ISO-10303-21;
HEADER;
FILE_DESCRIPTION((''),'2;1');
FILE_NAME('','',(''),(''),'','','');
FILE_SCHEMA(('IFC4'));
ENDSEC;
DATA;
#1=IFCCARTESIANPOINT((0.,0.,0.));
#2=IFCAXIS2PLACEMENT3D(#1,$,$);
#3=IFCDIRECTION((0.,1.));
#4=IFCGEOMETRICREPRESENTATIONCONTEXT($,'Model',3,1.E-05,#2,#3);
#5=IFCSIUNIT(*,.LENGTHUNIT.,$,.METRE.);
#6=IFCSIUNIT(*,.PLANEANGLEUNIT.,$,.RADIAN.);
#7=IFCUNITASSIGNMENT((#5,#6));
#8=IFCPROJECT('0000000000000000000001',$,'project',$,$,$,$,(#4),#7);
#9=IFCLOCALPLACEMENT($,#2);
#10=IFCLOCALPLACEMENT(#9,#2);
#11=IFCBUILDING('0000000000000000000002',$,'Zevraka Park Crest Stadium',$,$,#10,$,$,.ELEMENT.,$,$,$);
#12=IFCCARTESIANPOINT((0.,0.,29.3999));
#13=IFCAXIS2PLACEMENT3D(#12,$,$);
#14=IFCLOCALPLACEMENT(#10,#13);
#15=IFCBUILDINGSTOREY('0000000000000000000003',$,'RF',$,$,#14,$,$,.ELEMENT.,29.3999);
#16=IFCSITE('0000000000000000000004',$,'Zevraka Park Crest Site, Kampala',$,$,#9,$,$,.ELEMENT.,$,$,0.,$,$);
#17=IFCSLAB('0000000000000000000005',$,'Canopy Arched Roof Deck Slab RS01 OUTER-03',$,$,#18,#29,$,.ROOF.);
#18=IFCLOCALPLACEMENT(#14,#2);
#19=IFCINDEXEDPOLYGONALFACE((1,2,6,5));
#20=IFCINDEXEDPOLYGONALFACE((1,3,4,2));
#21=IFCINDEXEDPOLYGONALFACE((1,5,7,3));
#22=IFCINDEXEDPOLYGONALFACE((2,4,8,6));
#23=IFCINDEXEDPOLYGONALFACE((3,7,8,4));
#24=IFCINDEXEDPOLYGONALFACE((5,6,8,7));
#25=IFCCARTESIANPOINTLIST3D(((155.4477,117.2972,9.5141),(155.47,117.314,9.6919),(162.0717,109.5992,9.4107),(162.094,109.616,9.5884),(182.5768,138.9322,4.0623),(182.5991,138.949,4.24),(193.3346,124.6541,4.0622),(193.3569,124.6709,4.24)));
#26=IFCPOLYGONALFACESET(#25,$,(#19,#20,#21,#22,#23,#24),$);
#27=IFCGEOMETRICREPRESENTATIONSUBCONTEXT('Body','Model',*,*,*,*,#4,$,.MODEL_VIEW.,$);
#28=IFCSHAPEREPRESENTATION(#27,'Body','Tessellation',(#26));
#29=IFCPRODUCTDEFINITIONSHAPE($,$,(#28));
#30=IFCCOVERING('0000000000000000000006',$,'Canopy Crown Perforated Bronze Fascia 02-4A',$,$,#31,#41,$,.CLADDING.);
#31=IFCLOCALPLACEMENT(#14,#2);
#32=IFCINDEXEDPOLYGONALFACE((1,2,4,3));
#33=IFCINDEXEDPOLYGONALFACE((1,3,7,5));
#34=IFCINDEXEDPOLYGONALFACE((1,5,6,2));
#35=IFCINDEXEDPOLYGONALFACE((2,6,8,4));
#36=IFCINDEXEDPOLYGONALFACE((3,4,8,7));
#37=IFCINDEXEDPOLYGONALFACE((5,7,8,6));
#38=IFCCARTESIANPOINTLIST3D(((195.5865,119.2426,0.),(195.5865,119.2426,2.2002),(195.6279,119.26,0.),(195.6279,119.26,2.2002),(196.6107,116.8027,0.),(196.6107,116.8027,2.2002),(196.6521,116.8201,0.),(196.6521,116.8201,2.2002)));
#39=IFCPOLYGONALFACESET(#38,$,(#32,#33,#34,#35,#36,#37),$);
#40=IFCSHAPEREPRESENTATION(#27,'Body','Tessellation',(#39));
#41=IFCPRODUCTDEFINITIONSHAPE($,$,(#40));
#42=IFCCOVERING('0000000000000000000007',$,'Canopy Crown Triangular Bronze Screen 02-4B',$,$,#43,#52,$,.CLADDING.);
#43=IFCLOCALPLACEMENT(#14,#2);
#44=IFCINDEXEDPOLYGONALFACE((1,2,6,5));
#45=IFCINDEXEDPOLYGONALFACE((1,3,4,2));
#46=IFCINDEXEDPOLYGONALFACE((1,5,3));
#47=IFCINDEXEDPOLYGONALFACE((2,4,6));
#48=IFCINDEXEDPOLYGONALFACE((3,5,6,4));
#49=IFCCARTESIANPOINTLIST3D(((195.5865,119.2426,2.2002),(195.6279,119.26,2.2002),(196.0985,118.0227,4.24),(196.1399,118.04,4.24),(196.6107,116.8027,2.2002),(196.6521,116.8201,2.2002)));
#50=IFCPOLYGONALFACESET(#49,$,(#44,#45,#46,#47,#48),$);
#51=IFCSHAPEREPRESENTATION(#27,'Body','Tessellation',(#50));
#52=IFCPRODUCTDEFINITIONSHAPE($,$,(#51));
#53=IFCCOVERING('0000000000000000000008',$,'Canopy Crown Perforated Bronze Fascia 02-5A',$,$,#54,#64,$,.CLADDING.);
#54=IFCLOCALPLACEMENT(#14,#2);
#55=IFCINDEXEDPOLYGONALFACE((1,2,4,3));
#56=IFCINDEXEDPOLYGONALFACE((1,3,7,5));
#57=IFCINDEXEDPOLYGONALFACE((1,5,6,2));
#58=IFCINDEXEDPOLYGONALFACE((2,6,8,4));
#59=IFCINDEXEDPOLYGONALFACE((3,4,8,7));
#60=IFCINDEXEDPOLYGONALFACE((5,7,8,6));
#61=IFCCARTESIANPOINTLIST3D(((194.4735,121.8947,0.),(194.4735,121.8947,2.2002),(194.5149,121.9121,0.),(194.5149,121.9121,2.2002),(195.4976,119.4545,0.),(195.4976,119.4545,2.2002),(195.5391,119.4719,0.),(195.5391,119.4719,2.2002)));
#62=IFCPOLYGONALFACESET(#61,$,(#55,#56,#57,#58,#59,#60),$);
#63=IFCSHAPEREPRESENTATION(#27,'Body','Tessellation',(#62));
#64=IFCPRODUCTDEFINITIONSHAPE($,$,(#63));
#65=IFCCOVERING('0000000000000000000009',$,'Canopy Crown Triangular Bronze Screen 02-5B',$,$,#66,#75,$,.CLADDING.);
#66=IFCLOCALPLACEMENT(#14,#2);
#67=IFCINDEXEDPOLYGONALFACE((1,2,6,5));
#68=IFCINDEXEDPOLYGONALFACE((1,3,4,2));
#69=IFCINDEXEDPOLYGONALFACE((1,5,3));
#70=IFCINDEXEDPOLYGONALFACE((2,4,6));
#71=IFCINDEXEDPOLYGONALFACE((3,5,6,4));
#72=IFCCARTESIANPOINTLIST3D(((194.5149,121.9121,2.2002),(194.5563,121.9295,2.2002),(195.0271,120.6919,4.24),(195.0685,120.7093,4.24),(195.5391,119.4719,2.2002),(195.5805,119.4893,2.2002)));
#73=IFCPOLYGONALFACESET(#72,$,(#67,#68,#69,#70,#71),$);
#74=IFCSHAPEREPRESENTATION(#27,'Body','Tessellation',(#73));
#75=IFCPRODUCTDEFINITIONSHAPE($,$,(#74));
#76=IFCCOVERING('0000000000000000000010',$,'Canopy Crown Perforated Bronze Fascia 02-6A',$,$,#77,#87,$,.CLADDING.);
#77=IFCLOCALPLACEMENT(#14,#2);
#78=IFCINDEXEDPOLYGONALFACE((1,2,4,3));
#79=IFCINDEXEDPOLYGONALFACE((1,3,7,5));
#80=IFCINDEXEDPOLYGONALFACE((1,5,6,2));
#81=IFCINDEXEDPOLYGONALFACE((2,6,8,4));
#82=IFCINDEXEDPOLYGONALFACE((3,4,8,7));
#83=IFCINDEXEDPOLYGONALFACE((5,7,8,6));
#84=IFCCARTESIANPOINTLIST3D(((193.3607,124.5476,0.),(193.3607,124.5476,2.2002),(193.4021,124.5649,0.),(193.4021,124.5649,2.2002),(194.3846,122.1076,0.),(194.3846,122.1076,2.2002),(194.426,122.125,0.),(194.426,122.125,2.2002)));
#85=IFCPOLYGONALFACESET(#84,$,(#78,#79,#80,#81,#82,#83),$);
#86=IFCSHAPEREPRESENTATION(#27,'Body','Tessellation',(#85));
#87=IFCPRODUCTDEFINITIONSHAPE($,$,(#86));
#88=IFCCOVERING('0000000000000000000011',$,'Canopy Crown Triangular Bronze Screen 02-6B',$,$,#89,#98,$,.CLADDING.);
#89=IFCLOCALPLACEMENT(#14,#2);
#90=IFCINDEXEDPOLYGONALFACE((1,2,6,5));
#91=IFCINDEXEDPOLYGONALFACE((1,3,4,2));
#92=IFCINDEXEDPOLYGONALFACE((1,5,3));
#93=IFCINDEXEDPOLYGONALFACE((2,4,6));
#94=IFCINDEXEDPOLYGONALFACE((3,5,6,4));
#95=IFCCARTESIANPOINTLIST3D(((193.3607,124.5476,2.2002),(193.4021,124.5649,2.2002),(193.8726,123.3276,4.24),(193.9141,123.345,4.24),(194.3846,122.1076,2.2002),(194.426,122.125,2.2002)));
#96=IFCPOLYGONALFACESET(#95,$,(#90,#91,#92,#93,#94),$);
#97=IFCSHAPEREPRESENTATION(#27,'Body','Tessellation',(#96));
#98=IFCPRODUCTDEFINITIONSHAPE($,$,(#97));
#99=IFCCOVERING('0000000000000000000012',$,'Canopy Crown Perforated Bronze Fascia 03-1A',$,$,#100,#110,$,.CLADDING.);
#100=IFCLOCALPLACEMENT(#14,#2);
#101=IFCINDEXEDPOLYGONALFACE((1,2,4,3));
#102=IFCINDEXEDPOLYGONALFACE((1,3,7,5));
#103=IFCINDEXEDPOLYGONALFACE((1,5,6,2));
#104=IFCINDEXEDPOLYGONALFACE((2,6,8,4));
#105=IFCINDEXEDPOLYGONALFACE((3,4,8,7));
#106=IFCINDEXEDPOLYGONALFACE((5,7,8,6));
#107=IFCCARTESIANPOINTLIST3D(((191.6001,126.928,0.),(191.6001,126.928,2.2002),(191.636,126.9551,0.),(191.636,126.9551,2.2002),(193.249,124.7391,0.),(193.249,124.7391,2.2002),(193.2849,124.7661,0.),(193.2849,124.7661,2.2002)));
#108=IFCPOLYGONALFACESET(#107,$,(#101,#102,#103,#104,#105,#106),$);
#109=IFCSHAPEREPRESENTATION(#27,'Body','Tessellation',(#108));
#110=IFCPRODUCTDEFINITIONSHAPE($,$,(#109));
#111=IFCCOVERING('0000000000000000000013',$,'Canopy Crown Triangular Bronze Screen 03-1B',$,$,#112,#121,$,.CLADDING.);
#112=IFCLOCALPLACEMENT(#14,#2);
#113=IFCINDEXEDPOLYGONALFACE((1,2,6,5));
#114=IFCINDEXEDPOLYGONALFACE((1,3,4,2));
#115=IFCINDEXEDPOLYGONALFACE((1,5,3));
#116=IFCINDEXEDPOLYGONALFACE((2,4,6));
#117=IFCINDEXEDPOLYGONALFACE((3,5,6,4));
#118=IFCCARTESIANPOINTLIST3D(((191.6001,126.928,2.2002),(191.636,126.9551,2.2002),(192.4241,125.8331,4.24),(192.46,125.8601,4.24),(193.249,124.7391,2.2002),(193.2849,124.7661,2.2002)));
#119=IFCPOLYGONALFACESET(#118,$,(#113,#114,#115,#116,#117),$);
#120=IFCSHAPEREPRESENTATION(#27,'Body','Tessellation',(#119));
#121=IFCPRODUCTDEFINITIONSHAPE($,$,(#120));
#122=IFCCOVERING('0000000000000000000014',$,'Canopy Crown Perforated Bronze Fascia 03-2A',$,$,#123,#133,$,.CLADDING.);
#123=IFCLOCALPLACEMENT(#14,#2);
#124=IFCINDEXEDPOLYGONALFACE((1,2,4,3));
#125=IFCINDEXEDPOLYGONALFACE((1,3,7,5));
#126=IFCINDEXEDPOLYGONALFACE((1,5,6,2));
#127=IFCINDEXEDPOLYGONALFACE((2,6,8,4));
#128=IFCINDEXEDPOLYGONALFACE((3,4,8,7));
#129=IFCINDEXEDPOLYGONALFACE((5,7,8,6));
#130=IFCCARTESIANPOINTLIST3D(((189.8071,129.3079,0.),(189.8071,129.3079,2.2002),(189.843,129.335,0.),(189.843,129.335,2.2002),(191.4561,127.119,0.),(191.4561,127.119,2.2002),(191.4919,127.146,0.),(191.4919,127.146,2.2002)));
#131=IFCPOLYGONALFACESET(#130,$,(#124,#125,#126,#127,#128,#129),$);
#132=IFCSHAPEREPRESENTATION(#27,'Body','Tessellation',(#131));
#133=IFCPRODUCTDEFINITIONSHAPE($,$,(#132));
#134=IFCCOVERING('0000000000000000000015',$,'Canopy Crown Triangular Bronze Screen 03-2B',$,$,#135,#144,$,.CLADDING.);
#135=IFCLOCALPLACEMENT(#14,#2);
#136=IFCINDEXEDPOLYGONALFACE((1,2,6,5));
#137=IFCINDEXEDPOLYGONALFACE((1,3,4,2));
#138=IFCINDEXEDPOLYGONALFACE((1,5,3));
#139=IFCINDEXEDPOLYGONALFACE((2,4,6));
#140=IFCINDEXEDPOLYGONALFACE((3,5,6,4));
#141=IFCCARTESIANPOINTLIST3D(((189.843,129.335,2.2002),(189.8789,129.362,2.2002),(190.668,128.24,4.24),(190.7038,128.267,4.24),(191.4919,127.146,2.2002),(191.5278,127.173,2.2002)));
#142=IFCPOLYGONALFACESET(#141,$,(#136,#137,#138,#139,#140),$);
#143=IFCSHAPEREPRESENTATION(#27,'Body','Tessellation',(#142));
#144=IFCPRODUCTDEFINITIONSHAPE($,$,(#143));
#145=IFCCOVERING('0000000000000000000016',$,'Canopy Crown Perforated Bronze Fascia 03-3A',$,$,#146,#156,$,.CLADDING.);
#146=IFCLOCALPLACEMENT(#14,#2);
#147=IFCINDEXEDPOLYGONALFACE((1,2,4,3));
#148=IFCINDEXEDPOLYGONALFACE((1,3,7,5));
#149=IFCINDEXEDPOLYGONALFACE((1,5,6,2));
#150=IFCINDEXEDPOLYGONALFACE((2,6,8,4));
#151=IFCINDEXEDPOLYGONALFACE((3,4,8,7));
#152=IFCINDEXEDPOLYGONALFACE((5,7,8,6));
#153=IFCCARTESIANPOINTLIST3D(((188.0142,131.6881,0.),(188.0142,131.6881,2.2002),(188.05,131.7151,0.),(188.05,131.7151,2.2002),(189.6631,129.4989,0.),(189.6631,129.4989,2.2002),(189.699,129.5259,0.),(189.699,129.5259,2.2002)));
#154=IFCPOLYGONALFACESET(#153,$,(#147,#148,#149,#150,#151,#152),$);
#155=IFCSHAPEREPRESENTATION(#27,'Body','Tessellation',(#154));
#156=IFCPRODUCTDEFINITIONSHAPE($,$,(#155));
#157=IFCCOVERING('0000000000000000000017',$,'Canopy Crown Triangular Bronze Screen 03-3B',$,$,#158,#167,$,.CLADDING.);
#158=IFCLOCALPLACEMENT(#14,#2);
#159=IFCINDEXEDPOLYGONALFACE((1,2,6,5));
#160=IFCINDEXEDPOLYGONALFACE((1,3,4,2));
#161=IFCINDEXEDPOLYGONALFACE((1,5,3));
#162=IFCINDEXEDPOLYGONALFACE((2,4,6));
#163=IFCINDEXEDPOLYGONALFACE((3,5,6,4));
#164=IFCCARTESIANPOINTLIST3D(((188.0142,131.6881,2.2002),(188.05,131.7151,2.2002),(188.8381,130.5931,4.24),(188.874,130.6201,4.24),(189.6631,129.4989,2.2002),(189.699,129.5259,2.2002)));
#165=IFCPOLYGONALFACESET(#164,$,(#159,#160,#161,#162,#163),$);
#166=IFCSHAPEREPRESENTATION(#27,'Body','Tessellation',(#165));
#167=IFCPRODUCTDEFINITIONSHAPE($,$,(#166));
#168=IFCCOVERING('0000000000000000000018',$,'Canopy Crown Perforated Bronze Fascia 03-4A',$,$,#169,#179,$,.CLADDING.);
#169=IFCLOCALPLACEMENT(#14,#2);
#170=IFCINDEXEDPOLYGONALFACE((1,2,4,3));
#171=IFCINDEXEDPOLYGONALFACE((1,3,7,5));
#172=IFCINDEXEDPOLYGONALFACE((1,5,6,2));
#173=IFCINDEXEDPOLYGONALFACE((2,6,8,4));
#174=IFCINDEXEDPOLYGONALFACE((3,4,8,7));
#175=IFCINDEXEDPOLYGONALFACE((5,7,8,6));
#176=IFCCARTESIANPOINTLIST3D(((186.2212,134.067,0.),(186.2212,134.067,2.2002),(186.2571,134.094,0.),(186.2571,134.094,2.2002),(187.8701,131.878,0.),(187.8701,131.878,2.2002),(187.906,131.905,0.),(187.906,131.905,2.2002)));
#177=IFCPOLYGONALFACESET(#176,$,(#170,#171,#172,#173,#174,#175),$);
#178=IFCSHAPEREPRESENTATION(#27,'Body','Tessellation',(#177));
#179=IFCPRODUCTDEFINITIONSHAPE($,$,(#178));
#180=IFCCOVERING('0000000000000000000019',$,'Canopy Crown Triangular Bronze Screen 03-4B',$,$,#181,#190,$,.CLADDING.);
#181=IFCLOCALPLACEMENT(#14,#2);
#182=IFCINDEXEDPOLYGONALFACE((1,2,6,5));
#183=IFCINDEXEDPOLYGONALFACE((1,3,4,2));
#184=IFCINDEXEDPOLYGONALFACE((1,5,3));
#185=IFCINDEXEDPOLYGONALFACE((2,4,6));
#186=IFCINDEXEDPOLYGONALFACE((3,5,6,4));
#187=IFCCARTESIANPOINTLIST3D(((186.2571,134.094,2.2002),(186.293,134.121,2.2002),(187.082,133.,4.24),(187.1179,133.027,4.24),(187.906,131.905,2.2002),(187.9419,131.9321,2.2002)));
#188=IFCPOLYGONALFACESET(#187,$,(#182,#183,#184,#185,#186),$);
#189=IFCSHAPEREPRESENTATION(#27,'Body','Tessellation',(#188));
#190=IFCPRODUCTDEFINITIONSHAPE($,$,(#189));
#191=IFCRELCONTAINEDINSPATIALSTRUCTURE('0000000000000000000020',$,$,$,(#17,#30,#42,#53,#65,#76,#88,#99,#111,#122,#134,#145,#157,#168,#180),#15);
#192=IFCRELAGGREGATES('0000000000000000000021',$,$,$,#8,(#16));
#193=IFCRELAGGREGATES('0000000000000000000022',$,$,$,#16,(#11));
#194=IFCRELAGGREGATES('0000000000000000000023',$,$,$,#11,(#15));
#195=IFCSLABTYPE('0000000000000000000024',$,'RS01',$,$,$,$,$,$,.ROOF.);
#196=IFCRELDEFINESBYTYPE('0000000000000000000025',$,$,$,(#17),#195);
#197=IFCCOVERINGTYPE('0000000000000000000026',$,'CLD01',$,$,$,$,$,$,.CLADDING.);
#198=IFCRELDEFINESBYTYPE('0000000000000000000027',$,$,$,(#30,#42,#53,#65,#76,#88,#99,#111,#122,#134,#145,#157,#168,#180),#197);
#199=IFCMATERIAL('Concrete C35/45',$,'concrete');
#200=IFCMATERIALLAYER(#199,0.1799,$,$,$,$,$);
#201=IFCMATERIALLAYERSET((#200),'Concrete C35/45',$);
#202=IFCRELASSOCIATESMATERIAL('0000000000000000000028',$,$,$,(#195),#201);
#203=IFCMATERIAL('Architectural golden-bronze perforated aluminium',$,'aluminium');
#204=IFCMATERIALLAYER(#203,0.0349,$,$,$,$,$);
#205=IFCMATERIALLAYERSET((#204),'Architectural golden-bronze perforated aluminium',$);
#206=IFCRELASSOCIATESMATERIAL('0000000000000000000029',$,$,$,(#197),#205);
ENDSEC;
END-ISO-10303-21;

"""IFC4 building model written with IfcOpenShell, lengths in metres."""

from ifc_helpers import new_model, si_unit, direction, frame, origin, place, context, subcontext, project, spatial, polyline, outline, extrude, material, layer, layer_set, type_object, element, save


model = new_model("IFC4")

# Units and contexts
model_context = context("Model", 3, precision=1e-05, world=origin(), true_north=direction((0.0, 1.0)))
body_context = subcontext(model_context, "Body", "Model", "MODEL_VIEW")
ifc_project = project(units=[si_unit("LENGTHUNIT", "METRE"), si_unit("PLANEANGLEUNIT", "RADIAN")], contexts=[model_context])

# Site, building, storey
site_placement = place(None, origin())
site = spatial("IfcSite", under=ifc_project, at=site_placement, Name="Zevraka Park Crest Site, Kampala", CompositionType="ELEMENT", RefElevation=0.0)
building_placement = place(site_placement, origin())
building = spatial("IfcBuilding", under=site, at=building_placement, Name="Zevraka Park Crest Stadium", CompositionType="ELEMENT")
storey_placement = place(building_placement, frame((0.0, 0.0, 29.3999)))
storey = spatial("IfcBuildingStorey", under=building, at=storey_placement, Name="RF", CompositionType="ELEMENT", Elevation=29.3999)

# Slab
ifc_material_1 = material(Name="Concrete C35/45", Category="concrete")
ifc_layer_1 = layer(ifc_material_1, 0.1799)
ifc_layer_set_1 = layer_set([ifc_layer_1], Name="Concrete C35/45")
slab_type = type_object("IfcSlabType", Name="RS01", PredefinedType="ROOF", material=ifc_layer_set_1)
slab_placement = place(storey_placement, frame((193.3569, 124.6709, 4.24), z_axis=(0.124011, 0.093433, 0.987872), x_axis=(-0.601762, 0.798676, 0.000003)))
element("IfcSlab", 1, at=slab_placement, inside=storey, type_object=slab_type, Name="Canopy Arched Roof Deck Slab RS01 OUTER-03", PredefinedType="ROOF", context=body_context, shape_type="SweptSolid", body=[
    extrude(outline(polyline([(0.0, 0.0), (17.8772, 0.0), (16.9231, 35.1124), (6.7888, 34.4462), (0.0, 0.0)])), origin(), (0.0, 0.0, -1.0), 0.1799),
])

# Coverings
ifc_material_2 = material(Name="Architectural golden-bronze perforated aluminium", Category="aluminium")
ifc_layer_2 = layer(ifc_material_2, 0.0349)
ifc_layer_set_2 = layer_set([ifc_layer_2], Name="Architectural golden-bronze perforated aluminium")
covering_type_1 = type_object("IfcCoveringType", Name="CLD01", PredefinedType="CLADDING", material=ifc_layer_set_2)
covering_1_placement = place(storey_placement, frame((196.6521, 116.8201, 0.0), z_axis=(0.922064, 0.387038, 0.0), x_axis=(-0.387038, 0.922064, 0.0)))
element("IfcCovering", 2, at=covering_1_placement, inside=storey, type_object=covering_type_1, Name="Canopy Crown Perforated Bronze Fascia 02-4A", PredefinedType="CLADDING", context=body_context, shape_type="SweptSolid", body=[
    extrude(outline(polyline([(0.0, 0.0), (2.6462, 0.0), (2.6462, 2.2002), (0.0, 2.2002), (0.0, 0.0)])), origin(), (0.0, 0.0, -1.0), 0.0449),
])
covering_2_placement = place(storey_placement, frame((196.6521, 116.8201, 2.2002), z_axis=(0.922064, 0.387038, 0.000055), x_axis=(-0.387038, 0.922064, 0.0)))
element("IfcCovering", 3, at=covering_2_placement, inside=storey, type_object=covering_type_1, Name="Canopy Crown Triangular Bronze Screen 02-4B", PredefinedType="CLADDING", context=body_context, shape_type="SweptSolid", body=[
    extrude(outline(polyline([(0.0, 0.0), (2.6462, 0.0), (1.3231, 2.0398), (0.0, 0.0)])), origin(), (0.0, 0.0, -1.0), 0.0449),
])
covering_3_placement = place(storey_placement, frame((195.5391, 119.4719, 0.0), z_axis=(0.922078, 0.387005, 0.0), x_axis=(-0.387005, 0.922078, 0.0)))
element("IfcCovering", 4, at=covering_3_placement, inside=storey, type_object=covering_type_1, Name="Canopy Crown Perforated Bronze Fascia 02-5A", PredefinedType="CLADDING", context=body_context, shape_type="SweptSolid", body=[
    extrude(outline(polyline([(0.0, 0.0), (2.6464, 0.0), (2.6464, 2.2002), (0.0, 2.2002), (0.0, 0.0)])), origin(), (0.0, 0.0, -1.0), 0.0449),
])
covering_4_placement = place(storey_placement, frame((195.5391, 119.4719, 2.2002), z_axis=(-0.922078, -0.387005, 0.000032), x_axis=(-0.387005, 0.922078, 0.0)))
element("IfcCovering", 5, at=covering_4_placement, inside=storey, type_object=covering_type_1, Name="Canopy Crown Triangular Bronze Screen 02-5B", PredefinedType="CLADDING", context=body_context, shape_type="SweptSolid", body=[
    extrude(outline(polyline([(0.0, 0.0), (2.6464, 0.0), (1.323, -2.0398), (0.0, 0.0)])), origin(), (0.0, 0.0, -1.0), 0.0449),
])
covering_5_placement = place(storey_placement, frame((194.426, 122.125, 0.0), z_axis=(0.922097, 0.38696, 0.0), x_axis=(-0.38696, 0.922097, 0.0)))
element("IfcCovering", 6, at=covering_5_placement, inside=storey, type_object=covering_type_1, Name="Canopy Crown Perforated Bronze Fascia 02-6A", PredefinedType="CLADDING", context=body_context, shape_type="SweptSolid", body=[
    extrude(outline(polyline([(0.0, 0.0), (2.6461, 0.0), (2.6461, 2.2002), (0.0, 2.2002), (0.0, 0.0)])), origin(), (0.0, 0.0, -1.0), 0.0449),
])
covering_6_placement = place(storey_placement, frame((194.426, 122.125, 2.2002), z_axis=(0.922097, 0.38696, 0.0), x_axis=(-0.38696, 0.922097, 0.0)))
element("IfcCovering", 7, at=covering_6_placement, inside=storey, type_object=covering_type_1, Name="Canopy Crown Triangular Bronze Screen 02-6B", PredefinedType="CLADDING", context=body_context, shape_type="SweptSolid", body=[
    extrude(outline(polyline([(0.0, 0.0), (2.6461, 0.0), (1.323, 2.0398), (0.0, 0.0)])), origin(), (0.0, 0.0, -1.0), 0.0449),
])
covering_7_placement = place(storey_placement, frame((193.2849, 124.7661, 0.0), z_axis=(0.798737, 0.601681, 0.0), x_axis=(-0.601681, 0.798737, 0.0)))
element("IfcCovering", 8, at=covering_7_placement, inside=storey, type_object=covering_type_1, Name="Canopy Crown Perforated Bronze Fascia 03-1A", PredefinedType="CLADDING", context=body_context, shape_type="SweptSolid", body=[
    extrude(outline(polyline([(0.0, 0.0), (2.7405, 0.0), (2.7405, 2.2002), (0.0, 2.2002), (0.0, 0.0)])), origin(), (0.0, 0.0, -1.0), 0.0449),
])
covering_8_placement = place(storey_placement, frame((193.2849, 124.7661, 2.2002), z_axis=(0.798737, 0.601681, 0.000335), x_axis=(-0.601681, 0.798737, 0.0)))
element("IfcCovering", 9, at=covering_8_placement, inside=storey, type_object=covering_type_1, Name="Canopy Crown Triangular Bronze Screen 03-1B", PredefinedType="CLADDING", context=body_context, shape_type="SweptSolid", body=[
    extrude(outline(polyline([(0.0, 0.0), (2.7405, 0.0), (1.3702, 2.0398), (0.0, 0.0)])), origin(), (0.0, 0.0, -1.0), 0.0449),
])
covering_9_placement = place(storey_placement, frame((191.4919, 127.146, 0.0), z_axis=(0.798737, 0.601681, 0.0), x_axis=(-0.601681, 0.798737, 0.0)))
element("IfcCovering", 10, at=covering_9_placement, inside=storey, type_object=covering_type_1, Name="Canopy Crown Perforated Bronze Fascia 03-2A", PredefinedType="CLADDING", context=body_context, shape_type="SweptSolid", body=[
    extrude(outline(polyline([(0.0, 0.0), (2.7405, 0.0), (2.7405, 2.2002), (0.0, 2.2002), (0.0, 0.0)])), origin(), (0.0, 0.0, -1.0), 0.0449),
])
covering_10_placement = place(storey_placement, frame((191.4919, 127.146, 2.2002), z_axis=(-0.798737, -0.601681, 0.000047), x_axis=(-0.601681, 0.798737, 0.0)))
element("IfcCovering", 11, at=covering_10_placement, inside=storey, type_object=covering_type_1, Name="Canopy Crown Triangular Bronze Screen 03-2B", PredefinedType="CLADDING", context=body_context, shape_type="SweptSolid", body=[
    extrude(outline(polyline([(0.0, 0.0), (2.7405, 0.0), (1.3696, -2.0398), (0.0, 0.0)])), origin(), (0.0, 0.0, -1.0), 0.0449),
])
covering_11_placement = place(storey_placement, frame((189.699, 129.5259, 0.0), z_axis=(0.798769, 0.601638, 0.0), x_axis=(-0.601638, 0.798769, 0.0)))
element("IfcCovering", 12, at=covering_11_placement, inside=storey, type_object=covering_type_1, Name="Canopy Crown Perforated Bronze Fascia 03-3A", PredefinedType="CLADDING", context=body_context, shape_type="SweptSolid", body=[
    extrude(outline(polyline([(0.0, 0.0), (2.7407, 0.0), (2.7407, 2.2002), (0.0, 2.2002), (0.0, 0.0)])), origin(), (0.0, 0.0, -1.0), 0.0449),
])
covering_12_placement = place(storey_placement, frame((189.699, 129.5259, 2.2002), z_axis=(0.798769, 0.601638, 0.000299), x_axis=(-0.601638, 0.798769, 0.0)))
element("IfcCovering", 13, at=covering_12_placement, inside=storey, type_object=covering_type_1, Name="Canopy Crown Triangular Bronze Screen 03-3B", PredefinedType="CLADDING", context=body_context, shape_type="SweptSolid", body=[
    extrude(outline(polyline([(0.0, 0.0), (2.7407, 0.0), (1.3704, 2.0398), (0.0, 0.0)])), origin(), (0.0, 0.0, -1.0), 0.0449),
])
covering_13_placement = place(storey_placement, frame((187.906, 131.905, 0.0), z_axis=(0.798737, 0.601681, 0.0), x_axis=(-0.601681, 0.798737, 0.0)))
element("IfcCovering", 14, at=covering_13_placement, inside=storey, type_object=covering_type_1, Name="Canopy Crown Perforated Bronze Fascia 03-4A", PredefinedType="CLADDING", context=body_context, shape_type="SweptSolid", body=[
    extrude(outline(polyline([(0.0, 0.0), (2.7405, 0.0), (2.7405, 2.2002), (0.0, 2.2002), (0.0, 0.0)])), origin(), (0.0, 0.0, -1.0), 0.0449),
])
covering_14_placement = place(storey_placement, frame((187.906, 131.905, 2.2002), z_axis=(-0.798737, -0.601681, 0.000335), x_axis=(-0.601681, 0.798737, 0.0)))
element("IfcCovering", 15, at=covering_14_placement, inside=storey, type_object=covering_type_1, Name="Canopy Crown Triangular Bronze Screen 03-4B", PredefinedType="CLADDING", context=body_context, shape_type="SweptSolid", body=[
    extrude(outline(polyline([(0.0, 0.0), (2.7405, 0.0), (1.3704, -2.0398), (0.0, 0.0)])), origin(), (0.0, 0.0, -1.0), 0.0449),
])

save(model, "model.ifc")
